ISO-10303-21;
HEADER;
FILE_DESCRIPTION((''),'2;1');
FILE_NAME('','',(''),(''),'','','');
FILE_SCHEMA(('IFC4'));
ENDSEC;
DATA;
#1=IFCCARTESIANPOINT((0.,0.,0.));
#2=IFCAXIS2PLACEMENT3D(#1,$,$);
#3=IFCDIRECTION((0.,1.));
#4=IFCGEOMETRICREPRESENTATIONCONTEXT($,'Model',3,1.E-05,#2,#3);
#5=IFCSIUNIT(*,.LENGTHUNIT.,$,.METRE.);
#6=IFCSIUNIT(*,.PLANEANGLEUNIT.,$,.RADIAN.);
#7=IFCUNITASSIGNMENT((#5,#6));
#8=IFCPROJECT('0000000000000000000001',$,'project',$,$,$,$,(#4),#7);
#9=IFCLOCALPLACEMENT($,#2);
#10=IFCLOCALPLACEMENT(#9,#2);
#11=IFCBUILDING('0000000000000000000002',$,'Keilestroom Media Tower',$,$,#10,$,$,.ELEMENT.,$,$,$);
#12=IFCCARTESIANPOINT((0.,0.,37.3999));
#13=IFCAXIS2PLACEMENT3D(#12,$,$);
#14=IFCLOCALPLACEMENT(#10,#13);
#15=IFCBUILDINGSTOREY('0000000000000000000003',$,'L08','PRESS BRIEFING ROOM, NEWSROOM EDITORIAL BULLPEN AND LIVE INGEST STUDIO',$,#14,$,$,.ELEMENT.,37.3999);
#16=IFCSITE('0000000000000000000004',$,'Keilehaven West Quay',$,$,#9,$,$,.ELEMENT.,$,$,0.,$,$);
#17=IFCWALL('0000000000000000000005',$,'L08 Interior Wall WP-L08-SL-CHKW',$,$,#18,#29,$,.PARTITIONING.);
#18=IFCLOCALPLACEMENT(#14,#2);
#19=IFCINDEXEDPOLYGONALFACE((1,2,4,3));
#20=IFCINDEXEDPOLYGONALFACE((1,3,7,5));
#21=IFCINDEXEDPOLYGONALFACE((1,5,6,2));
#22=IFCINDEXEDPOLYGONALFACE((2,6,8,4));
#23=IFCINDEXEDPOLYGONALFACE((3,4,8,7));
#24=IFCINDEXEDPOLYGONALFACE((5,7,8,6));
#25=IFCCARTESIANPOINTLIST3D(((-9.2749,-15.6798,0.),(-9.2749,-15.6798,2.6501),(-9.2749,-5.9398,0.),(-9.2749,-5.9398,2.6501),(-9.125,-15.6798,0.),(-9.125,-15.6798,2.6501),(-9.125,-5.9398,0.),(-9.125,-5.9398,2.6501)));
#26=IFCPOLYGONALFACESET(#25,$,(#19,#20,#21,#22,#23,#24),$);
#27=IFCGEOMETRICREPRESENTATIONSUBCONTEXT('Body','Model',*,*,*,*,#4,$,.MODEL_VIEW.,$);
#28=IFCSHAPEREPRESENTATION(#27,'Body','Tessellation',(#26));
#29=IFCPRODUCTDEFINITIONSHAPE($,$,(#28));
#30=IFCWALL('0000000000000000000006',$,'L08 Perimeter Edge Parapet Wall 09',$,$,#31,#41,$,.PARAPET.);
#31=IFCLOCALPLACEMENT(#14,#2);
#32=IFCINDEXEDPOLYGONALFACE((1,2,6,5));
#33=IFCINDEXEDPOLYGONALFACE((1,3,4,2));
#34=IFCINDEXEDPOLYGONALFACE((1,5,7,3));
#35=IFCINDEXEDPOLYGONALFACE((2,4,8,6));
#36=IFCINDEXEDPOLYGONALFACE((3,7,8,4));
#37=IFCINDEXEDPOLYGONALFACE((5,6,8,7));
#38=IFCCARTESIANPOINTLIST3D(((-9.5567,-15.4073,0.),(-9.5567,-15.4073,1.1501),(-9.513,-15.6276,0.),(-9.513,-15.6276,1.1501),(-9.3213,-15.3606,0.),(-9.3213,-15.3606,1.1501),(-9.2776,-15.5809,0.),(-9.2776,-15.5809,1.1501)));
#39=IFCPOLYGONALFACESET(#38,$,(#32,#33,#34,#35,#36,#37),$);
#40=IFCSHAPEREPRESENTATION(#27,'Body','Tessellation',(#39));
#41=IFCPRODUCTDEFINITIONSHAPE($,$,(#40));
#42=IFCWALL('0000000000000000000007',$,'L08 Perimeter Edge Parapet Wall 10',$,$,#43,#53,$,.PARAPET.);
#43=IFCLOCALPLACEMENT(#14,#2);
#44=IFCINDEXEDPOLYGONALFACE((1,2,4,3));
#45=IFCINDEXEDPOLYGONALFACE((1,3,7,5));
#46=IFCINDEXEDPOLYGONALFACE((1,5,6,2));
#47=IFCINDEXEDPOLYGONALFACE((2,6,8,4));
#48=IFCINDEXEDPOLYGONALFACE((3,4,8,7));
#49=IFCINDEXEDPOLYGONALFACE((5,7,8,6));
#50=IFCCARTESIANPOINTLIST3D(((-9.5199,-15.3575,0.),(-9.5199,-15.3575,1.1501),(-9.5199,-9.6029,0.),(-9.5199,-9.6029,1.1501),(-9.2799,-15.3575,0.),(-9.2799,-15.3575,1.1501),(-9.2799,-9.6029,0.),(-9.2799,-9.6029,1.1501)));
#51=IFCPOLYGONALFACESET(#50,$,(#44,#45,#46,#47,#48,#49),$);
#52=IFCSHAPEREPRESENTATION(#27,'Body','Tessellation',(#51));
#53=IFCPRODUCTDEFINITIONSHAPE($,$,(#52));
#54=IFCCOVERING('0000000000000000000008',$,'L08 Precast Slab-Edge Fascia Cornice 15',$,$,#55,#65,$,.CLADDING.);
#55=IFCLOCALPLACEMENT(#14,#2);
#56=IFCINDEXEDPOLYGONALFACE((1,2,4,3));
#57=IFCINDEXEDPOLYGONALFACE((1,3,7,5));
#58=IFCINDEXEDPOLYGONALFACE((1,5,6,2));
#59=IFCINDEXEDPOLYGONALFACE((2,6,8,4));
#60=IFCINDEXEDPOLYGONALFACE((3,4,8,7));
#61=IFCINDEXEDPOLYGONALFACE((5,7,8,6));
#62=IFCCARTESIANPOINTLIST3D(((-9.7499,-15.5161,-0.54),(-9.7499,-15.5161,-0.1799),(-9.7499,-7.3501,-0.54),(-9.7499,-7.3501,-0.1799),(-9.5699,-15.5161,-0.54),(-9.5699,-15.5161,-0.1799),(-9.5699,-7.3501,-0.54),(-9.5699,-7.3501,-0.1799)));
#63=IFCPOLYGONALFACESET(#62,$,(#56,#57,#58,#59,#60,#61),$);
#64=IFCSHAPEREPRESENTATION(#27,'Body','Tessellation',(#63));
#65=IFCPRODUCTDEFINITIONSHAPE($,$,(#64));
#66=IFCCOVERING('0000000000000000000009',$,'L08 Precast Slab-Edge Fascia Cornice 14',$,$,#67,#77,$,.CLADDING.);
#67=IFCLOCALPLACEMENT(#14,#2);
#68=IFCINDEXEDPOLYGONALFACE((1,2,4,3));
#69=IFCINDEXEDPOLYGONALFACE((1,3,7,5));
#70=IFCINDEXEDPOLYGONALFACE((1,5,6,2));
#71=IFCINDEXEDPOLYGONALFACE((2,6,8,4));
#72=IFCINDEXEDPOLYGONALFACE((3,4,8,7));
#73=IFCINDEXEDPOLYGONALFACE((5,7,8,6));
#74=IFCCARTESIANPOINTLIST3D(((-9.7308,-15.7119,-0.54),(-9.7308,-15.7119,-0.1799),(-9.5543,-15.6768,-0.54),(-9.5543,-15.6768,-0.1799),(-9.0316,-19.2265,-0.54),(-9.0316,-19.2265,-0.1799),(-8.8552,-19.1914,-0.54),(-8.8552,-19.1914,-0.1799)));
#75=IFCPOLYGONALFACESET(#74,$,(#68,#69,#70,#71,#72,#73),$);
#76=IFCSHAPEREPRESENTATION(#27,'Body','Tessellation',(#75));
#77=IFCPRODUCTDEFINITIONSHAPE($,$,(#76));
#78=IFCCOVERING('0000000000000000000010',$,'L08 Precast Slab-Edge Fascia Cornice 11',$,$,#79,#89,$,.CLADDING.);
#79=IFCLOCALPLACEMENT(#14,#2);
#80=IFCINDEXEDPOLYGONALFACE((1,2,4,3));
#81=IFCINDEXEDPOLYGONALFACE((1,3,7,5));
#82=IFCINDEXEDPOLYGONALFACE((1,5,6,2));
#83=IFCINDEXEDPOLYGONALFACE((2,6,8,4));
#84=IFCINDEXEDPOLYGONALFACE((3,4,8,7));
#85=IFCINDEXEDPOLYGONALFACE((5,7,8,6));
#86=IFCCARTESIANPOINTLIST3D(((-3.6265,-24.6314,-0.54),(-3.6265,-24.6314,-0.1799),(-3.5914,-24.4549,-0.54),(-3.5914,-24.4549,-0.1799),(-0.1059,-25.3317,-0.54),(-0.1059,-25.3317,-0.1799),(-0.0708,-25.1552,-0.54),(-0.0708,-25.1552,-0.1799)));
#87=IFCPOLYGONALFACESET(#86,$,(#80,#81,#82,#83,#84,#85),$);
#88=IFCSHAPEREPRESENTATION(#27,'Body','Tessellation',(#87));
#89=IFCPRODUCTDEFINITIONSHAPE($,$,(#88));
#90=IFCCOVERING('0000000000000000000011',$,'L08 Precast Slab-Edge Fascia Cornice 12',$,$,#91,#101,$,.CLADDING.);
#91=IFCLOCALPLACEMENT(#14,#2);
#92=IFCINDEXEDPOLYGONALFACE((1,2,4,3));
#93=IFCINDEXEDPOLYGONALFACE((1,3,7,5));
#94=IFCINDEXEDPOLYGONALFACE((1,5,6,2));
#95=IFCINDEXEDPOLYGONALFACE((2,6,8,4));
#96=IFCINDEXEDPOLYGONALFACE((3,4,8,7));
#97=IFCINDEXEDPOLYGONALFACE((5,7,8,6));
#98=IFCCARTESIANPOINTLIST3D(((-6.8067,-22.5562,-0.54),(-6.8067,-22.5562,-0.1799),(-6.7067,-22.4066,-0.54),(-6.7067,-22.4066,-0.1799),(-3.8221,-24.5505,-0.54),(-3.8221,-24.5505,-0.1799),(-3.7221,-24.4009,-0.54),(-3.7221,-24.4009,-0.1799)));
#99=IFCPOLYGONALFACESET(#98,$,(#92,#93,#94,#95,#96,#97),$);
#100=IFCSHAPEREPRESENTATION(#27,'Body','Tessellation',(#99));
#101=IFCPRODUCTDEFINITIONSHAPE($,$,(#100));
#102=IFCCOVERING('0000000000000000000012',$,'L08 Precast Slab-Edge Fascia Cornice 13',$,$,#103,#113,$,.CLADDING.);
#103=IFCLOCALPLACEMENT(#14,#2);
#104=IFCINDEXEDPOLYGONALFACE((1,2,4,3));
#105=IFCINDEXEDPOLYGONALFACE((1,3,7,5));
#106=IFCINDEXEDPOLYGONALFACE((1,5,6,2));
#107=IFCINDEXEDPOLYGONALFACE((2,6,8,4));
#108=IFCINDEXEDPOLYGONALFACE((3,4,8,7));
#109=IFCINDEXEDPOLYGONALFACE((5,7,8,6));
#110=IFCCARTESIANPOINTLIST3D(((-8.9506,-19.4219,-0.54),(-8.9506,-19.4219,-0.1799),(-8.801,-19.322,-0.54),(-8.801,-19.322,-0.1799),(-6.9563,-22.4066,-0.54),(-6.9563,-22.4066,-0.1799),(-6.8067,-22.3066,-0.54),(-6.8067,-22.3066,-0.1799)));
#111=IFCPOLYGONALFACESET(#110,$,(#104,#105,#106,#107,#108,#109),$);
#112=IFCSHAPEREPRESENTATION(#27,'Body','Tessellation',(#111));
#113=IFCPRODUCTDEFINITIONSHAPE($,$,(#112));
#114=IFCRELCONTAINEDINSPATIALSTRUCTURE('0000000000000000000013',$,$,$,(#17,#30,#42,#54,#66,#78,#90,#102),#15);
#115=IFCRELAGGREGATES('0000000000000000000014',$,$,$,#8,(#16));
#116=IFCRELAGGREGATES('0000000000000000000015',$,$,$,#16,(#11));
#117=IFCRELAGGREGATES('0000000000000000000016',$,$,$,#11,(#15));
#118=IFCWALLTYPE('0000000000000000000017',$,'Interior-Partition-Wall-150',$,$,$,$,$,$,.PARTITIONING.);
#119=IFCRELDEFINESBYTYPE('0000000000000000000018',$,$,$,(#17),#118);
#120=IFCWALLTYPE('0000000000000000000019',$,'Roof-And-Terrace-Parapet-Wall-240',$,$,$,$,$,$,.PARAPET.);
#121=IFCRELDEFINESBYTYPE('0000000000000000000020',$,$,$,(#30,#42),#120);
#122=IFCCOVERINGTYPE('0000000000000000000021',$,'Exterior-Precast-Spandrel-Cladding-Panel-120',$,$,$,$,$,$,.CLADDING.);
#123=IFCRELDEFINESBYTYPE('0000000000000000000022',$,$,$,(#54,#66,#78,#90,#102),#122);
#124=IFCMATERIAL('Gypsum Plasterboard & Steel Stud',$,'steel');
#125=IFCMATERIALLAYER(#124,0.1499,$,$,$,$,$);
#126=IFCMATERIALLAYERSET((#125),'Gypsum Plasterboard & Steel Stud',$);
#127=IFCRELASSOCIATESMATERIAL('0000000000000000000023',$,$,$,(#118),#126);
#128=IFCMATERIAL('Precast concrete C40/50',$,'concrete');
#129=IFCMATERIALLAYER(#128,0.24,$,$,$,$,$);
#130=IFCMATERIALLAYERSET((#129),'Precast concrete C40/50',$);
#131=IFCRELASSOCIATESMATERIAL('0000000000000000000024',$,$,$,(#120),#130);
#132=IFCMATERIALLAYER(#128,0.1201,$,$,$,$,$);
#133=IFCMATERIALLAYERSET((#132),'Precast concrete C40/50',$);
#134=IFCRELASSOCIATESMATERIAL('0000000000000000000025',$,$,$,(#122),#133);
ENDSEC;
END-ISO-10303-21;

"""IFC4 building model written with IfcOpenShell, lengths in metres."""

from ifc_helpers import new_model, si_unit, direction, frame, frame_2d, origin, origin_2d, place, context, subcontext, project, spatial, rectangle, extrude, source, transform, mapped, material, layer, layer_set, type_object, element, save


model = new_model("IFC4")

# Units and contexts
model_context = context("Model", 3, precision=1e-05, world=origin(), true_north=direction((0.0, 1.0)))
body_context = subcontext(model_context, "Body", "Model", "MODEL_VIEW")
ifc_project = project(units=[si_unit("LENGTHUNIT", "METRE"), si_unit("PLANEANGLEUNIT", "RADIAN")], contexts=[model_context])

# Site, building, storey
site_placement = place(None, origin())
site = spatial("IfcSite", under=ifc_project, at=site_placement, Name="Keilehaven West Quay", CompositionType="ELEMENT", RefElevation=0.0)
building_placement = place(site_placement, origin())
building = spatial("IfcBuilding", under=site, at=building_placement, Name="Keilestroom Media Tower", CompositionType="ELEMENT")
storey_placement = place(building_placement, frame((0.0, 0.0, 37.3999)))
storey = spatial("IfcBuildingStorey", under=building, at=storey_placement, Name="L08", Description="PRESS BRIEFING ROOM, NEWSROOM EDITORIAL BULLPEN AND LIVE INGEST STUDIO", CompositionType="ELEMENT", Elevation=37.3999)

# Walls
ifc_material_1 = material(Name="Precast concrete C40/50", Category="concrete")
ifc_material_2 = material(Name="Gypsum Plasterboard & Steel Stud", Category="steel")
ifc_layer_1 = layer(ifc_material_2, 0.1499)
ifc_layer_set_1 = layer_set([ifc_layer_1], Name="Gypsum Plasterboard & Steel Stud")
wall_type_1 = type_object("IfcWallType", Name="Interior-Partition-Wall-150", PredefinedType="PARTITIONING", material=ifc_layer_set_1)
wall_1_placement = place(storey_placement, frame((-9.2, -15.6799, 0.0), z_axis=(0.0, 0.0, 1.0), x_axis=(0.0, 1.0, 0.0)))
element("IfcWall", 1, at=wall_1_placement, inside=storey, type_object=wall_type_1, Name="L08 Interior Wall WP-L08-SL-CHKW", PredefinedType="PARTITIONING", context=body_context, shape_type="SweptSolid", body=[
    extrude(rectangle(XDim=9.74, YDim=0.1499, at=frame_2d((4.8701, 0.0))), origin(), (0.0, 0.0, 1.0), 2.6501),
])
ifc_layer_2 = layer(ifc_material_1, 0.24)
ifc_layer_set_2 = layer_set([ifc_layer_2], Name="Precast concrete C40/50")
wall_type_2 = type_object("IfcWallType", Name="Roof-And-Terrace-Parapet-Wall-240", PredefinedType="PARAPET", material=ifc_layer_set_2)
wall_2_placement = place(storey_placement, frame((-9.3953, -15.6042, 0.0), z_axis=(0.0, 0.0, 1.0), x_axis=(-0.194652, 0.980872, 0.0)))
element("IfcWall", 2, at=wall_2_placement, inside=storey, type_object=wall_type_2, Name="L08 Perimeter Edge Parapet Wall 09", PredefinedType="PARAPET", context=body_context, shape_type="SweptSolid", body=[
    extrude(rectangle(XDim=0.2246, YDim=0.24, at=frame_2d((0.1123, 0.0))), origin(), (0.0, 0.0, 1.0), 1.1501),
])
wall_3_placement = place(storey_placement, frame((-9.3999, -15.3577, 0.0), z_axis=(0.0, 0.0, 1.0), x_axis=(0.0, 1.0, 0.0)))
element("IfcWall", 3, at=wall_3_placement, inside=storey, type_object=wall_type_2, Name="L08 Perimeter Edge Parapet Wall 10", PredefinedType="PARAPET", context=body_context, shape_type="SweptSolid", body=[
    extrude(rectangle(XDim=5.7546, YDim=0.24, at=frame_2d((2.8774, 0.0))), origin(), (0.0, 0.0, 1.0), 1.1501),
])

# Coverings
ifc_layer_3 = layer(ifc_material_1, 0.1201)
ifc_layer_set_3 = layer_set([ifc_layer_3], Name="Precast concrete C40/50")
covering_type = type_object("IfcCoveringType", Name="Exterior-Precast-Spandrel-Cladding-Panel-120", PredefinedType="CLADDING", material=ifc_layer_set_3)
shared_shape_1 = source(origin(), body_context, "Body", "SweptSolid", [
    extrude(rectangle(XDim=8.166, YDim=0.1799, at=origin_2d()), origin(), (0.0, 0.0, 1.0), 0.3601),
])
covering_1_placement = place(storey_placement, frame((-9.6599, -11.4331, -0.54), z_axis=(0.0, 0.0, 1.0), x_axis=(0.0, 1.0, 0.0)))
element("IfcCovering", 4, at=covering_1_placement, inside=storey, type_object=covering_type, Name="L08 Precast Slab-Edge Fascia Cornice 15", PredefinedType="CLADDING", context=body_context, shape_type="MappedRepresentation", body=[
    mapped(shared_shape_1, transform((0.0, 0.0, 0.0), x_axis=(1.0, 0.0, 0.0), y_axis=(0.0, 1.0, 0.0), z_axis=(0.0, 0.0, 1.0), scale=1.0)),
])
shared_shape_2 = source(origin(), body_context, "Body", "SweptSolid", [
    extrude(rectangle(XDim=3.5835, YDim=0.1799, at=origin_2d()), origin(), (0.0, 0.0, 1.0), 0.3601),
])
covering_2_placement = place(storey_placement, frame((-9.293, -17.4517, -0.54), z_axis=(0.0, 0.0, 1.0), x_axis=(-0.195099, 0.980784, 0.0)))
element("IfcCovering", 5, at=covering_2_placement, inside=storey, type_object=covering_type, Name="L08 Precast Slab-Edge Fascia Cornice 14", PredefinedType="CLADDING", context=body_context, shape_type="MappedRepresentation", body=[
    mapped(shared_shape_2, transform((0.0, 0.0, 0.0), x_axis=(1.0, 0.0, 0.0), y_axis=(0.0, 1.0, 0.0), z_axis=(0.0, 0.0, 1.0), scale=1.0)),
])
shared_shape_3 = source(origin(), body_context, "Body", "SweptSolid", [
    extrude(rectangle(XDim=3.5896, YDim=0.1799, at=origin_2d()), origin(), (0.0, 0.0, 1.0), 0.3601),
])
for number, where, z_axis, x_axis, name in (
    (6, (-1.8486, -24.8933, -0.54), (0.0, 0.0, 1.0), (-0.980784, 0.195099, 0.0), "L08 Precast Slab-Edge Fascia Cornice 11"),
    (7, (-5.2644, -23.4785, -0.54), (0.0, 0.0, 1.0), (-0.831467, 0.555575, 0.0), "L08 Precast Slab-Edge Fascia Cornice 12"),
    (8, (-7.8787, -20.8643, -0.54), (0.0, 0.0, 1.0), (-0.555575, 0.831467, 0.0), "L08 Precast Slab-Edge Fascia Cornice 13"),
):
    element("IfcCovering", number, at=place(storey_placement, frame(where, z_axis=z_axis, x_axis=x_axis)), inside=storey, type_object=covering_type, Name=name, PredefinedType="CLADDING", context=body_context, shape_type="MappedRepresentation", body=[
        mapped(shared_shape_3, transform((0.0, 0.0, 0.0), x_axis=(1.0, 0.0, 0.0), y_axis=(0.0, 1.0, 0.0), z_axis=(0.0, 0.0, 1.0), scale=1.0)),
    ])

save(model, "model.ifc")
